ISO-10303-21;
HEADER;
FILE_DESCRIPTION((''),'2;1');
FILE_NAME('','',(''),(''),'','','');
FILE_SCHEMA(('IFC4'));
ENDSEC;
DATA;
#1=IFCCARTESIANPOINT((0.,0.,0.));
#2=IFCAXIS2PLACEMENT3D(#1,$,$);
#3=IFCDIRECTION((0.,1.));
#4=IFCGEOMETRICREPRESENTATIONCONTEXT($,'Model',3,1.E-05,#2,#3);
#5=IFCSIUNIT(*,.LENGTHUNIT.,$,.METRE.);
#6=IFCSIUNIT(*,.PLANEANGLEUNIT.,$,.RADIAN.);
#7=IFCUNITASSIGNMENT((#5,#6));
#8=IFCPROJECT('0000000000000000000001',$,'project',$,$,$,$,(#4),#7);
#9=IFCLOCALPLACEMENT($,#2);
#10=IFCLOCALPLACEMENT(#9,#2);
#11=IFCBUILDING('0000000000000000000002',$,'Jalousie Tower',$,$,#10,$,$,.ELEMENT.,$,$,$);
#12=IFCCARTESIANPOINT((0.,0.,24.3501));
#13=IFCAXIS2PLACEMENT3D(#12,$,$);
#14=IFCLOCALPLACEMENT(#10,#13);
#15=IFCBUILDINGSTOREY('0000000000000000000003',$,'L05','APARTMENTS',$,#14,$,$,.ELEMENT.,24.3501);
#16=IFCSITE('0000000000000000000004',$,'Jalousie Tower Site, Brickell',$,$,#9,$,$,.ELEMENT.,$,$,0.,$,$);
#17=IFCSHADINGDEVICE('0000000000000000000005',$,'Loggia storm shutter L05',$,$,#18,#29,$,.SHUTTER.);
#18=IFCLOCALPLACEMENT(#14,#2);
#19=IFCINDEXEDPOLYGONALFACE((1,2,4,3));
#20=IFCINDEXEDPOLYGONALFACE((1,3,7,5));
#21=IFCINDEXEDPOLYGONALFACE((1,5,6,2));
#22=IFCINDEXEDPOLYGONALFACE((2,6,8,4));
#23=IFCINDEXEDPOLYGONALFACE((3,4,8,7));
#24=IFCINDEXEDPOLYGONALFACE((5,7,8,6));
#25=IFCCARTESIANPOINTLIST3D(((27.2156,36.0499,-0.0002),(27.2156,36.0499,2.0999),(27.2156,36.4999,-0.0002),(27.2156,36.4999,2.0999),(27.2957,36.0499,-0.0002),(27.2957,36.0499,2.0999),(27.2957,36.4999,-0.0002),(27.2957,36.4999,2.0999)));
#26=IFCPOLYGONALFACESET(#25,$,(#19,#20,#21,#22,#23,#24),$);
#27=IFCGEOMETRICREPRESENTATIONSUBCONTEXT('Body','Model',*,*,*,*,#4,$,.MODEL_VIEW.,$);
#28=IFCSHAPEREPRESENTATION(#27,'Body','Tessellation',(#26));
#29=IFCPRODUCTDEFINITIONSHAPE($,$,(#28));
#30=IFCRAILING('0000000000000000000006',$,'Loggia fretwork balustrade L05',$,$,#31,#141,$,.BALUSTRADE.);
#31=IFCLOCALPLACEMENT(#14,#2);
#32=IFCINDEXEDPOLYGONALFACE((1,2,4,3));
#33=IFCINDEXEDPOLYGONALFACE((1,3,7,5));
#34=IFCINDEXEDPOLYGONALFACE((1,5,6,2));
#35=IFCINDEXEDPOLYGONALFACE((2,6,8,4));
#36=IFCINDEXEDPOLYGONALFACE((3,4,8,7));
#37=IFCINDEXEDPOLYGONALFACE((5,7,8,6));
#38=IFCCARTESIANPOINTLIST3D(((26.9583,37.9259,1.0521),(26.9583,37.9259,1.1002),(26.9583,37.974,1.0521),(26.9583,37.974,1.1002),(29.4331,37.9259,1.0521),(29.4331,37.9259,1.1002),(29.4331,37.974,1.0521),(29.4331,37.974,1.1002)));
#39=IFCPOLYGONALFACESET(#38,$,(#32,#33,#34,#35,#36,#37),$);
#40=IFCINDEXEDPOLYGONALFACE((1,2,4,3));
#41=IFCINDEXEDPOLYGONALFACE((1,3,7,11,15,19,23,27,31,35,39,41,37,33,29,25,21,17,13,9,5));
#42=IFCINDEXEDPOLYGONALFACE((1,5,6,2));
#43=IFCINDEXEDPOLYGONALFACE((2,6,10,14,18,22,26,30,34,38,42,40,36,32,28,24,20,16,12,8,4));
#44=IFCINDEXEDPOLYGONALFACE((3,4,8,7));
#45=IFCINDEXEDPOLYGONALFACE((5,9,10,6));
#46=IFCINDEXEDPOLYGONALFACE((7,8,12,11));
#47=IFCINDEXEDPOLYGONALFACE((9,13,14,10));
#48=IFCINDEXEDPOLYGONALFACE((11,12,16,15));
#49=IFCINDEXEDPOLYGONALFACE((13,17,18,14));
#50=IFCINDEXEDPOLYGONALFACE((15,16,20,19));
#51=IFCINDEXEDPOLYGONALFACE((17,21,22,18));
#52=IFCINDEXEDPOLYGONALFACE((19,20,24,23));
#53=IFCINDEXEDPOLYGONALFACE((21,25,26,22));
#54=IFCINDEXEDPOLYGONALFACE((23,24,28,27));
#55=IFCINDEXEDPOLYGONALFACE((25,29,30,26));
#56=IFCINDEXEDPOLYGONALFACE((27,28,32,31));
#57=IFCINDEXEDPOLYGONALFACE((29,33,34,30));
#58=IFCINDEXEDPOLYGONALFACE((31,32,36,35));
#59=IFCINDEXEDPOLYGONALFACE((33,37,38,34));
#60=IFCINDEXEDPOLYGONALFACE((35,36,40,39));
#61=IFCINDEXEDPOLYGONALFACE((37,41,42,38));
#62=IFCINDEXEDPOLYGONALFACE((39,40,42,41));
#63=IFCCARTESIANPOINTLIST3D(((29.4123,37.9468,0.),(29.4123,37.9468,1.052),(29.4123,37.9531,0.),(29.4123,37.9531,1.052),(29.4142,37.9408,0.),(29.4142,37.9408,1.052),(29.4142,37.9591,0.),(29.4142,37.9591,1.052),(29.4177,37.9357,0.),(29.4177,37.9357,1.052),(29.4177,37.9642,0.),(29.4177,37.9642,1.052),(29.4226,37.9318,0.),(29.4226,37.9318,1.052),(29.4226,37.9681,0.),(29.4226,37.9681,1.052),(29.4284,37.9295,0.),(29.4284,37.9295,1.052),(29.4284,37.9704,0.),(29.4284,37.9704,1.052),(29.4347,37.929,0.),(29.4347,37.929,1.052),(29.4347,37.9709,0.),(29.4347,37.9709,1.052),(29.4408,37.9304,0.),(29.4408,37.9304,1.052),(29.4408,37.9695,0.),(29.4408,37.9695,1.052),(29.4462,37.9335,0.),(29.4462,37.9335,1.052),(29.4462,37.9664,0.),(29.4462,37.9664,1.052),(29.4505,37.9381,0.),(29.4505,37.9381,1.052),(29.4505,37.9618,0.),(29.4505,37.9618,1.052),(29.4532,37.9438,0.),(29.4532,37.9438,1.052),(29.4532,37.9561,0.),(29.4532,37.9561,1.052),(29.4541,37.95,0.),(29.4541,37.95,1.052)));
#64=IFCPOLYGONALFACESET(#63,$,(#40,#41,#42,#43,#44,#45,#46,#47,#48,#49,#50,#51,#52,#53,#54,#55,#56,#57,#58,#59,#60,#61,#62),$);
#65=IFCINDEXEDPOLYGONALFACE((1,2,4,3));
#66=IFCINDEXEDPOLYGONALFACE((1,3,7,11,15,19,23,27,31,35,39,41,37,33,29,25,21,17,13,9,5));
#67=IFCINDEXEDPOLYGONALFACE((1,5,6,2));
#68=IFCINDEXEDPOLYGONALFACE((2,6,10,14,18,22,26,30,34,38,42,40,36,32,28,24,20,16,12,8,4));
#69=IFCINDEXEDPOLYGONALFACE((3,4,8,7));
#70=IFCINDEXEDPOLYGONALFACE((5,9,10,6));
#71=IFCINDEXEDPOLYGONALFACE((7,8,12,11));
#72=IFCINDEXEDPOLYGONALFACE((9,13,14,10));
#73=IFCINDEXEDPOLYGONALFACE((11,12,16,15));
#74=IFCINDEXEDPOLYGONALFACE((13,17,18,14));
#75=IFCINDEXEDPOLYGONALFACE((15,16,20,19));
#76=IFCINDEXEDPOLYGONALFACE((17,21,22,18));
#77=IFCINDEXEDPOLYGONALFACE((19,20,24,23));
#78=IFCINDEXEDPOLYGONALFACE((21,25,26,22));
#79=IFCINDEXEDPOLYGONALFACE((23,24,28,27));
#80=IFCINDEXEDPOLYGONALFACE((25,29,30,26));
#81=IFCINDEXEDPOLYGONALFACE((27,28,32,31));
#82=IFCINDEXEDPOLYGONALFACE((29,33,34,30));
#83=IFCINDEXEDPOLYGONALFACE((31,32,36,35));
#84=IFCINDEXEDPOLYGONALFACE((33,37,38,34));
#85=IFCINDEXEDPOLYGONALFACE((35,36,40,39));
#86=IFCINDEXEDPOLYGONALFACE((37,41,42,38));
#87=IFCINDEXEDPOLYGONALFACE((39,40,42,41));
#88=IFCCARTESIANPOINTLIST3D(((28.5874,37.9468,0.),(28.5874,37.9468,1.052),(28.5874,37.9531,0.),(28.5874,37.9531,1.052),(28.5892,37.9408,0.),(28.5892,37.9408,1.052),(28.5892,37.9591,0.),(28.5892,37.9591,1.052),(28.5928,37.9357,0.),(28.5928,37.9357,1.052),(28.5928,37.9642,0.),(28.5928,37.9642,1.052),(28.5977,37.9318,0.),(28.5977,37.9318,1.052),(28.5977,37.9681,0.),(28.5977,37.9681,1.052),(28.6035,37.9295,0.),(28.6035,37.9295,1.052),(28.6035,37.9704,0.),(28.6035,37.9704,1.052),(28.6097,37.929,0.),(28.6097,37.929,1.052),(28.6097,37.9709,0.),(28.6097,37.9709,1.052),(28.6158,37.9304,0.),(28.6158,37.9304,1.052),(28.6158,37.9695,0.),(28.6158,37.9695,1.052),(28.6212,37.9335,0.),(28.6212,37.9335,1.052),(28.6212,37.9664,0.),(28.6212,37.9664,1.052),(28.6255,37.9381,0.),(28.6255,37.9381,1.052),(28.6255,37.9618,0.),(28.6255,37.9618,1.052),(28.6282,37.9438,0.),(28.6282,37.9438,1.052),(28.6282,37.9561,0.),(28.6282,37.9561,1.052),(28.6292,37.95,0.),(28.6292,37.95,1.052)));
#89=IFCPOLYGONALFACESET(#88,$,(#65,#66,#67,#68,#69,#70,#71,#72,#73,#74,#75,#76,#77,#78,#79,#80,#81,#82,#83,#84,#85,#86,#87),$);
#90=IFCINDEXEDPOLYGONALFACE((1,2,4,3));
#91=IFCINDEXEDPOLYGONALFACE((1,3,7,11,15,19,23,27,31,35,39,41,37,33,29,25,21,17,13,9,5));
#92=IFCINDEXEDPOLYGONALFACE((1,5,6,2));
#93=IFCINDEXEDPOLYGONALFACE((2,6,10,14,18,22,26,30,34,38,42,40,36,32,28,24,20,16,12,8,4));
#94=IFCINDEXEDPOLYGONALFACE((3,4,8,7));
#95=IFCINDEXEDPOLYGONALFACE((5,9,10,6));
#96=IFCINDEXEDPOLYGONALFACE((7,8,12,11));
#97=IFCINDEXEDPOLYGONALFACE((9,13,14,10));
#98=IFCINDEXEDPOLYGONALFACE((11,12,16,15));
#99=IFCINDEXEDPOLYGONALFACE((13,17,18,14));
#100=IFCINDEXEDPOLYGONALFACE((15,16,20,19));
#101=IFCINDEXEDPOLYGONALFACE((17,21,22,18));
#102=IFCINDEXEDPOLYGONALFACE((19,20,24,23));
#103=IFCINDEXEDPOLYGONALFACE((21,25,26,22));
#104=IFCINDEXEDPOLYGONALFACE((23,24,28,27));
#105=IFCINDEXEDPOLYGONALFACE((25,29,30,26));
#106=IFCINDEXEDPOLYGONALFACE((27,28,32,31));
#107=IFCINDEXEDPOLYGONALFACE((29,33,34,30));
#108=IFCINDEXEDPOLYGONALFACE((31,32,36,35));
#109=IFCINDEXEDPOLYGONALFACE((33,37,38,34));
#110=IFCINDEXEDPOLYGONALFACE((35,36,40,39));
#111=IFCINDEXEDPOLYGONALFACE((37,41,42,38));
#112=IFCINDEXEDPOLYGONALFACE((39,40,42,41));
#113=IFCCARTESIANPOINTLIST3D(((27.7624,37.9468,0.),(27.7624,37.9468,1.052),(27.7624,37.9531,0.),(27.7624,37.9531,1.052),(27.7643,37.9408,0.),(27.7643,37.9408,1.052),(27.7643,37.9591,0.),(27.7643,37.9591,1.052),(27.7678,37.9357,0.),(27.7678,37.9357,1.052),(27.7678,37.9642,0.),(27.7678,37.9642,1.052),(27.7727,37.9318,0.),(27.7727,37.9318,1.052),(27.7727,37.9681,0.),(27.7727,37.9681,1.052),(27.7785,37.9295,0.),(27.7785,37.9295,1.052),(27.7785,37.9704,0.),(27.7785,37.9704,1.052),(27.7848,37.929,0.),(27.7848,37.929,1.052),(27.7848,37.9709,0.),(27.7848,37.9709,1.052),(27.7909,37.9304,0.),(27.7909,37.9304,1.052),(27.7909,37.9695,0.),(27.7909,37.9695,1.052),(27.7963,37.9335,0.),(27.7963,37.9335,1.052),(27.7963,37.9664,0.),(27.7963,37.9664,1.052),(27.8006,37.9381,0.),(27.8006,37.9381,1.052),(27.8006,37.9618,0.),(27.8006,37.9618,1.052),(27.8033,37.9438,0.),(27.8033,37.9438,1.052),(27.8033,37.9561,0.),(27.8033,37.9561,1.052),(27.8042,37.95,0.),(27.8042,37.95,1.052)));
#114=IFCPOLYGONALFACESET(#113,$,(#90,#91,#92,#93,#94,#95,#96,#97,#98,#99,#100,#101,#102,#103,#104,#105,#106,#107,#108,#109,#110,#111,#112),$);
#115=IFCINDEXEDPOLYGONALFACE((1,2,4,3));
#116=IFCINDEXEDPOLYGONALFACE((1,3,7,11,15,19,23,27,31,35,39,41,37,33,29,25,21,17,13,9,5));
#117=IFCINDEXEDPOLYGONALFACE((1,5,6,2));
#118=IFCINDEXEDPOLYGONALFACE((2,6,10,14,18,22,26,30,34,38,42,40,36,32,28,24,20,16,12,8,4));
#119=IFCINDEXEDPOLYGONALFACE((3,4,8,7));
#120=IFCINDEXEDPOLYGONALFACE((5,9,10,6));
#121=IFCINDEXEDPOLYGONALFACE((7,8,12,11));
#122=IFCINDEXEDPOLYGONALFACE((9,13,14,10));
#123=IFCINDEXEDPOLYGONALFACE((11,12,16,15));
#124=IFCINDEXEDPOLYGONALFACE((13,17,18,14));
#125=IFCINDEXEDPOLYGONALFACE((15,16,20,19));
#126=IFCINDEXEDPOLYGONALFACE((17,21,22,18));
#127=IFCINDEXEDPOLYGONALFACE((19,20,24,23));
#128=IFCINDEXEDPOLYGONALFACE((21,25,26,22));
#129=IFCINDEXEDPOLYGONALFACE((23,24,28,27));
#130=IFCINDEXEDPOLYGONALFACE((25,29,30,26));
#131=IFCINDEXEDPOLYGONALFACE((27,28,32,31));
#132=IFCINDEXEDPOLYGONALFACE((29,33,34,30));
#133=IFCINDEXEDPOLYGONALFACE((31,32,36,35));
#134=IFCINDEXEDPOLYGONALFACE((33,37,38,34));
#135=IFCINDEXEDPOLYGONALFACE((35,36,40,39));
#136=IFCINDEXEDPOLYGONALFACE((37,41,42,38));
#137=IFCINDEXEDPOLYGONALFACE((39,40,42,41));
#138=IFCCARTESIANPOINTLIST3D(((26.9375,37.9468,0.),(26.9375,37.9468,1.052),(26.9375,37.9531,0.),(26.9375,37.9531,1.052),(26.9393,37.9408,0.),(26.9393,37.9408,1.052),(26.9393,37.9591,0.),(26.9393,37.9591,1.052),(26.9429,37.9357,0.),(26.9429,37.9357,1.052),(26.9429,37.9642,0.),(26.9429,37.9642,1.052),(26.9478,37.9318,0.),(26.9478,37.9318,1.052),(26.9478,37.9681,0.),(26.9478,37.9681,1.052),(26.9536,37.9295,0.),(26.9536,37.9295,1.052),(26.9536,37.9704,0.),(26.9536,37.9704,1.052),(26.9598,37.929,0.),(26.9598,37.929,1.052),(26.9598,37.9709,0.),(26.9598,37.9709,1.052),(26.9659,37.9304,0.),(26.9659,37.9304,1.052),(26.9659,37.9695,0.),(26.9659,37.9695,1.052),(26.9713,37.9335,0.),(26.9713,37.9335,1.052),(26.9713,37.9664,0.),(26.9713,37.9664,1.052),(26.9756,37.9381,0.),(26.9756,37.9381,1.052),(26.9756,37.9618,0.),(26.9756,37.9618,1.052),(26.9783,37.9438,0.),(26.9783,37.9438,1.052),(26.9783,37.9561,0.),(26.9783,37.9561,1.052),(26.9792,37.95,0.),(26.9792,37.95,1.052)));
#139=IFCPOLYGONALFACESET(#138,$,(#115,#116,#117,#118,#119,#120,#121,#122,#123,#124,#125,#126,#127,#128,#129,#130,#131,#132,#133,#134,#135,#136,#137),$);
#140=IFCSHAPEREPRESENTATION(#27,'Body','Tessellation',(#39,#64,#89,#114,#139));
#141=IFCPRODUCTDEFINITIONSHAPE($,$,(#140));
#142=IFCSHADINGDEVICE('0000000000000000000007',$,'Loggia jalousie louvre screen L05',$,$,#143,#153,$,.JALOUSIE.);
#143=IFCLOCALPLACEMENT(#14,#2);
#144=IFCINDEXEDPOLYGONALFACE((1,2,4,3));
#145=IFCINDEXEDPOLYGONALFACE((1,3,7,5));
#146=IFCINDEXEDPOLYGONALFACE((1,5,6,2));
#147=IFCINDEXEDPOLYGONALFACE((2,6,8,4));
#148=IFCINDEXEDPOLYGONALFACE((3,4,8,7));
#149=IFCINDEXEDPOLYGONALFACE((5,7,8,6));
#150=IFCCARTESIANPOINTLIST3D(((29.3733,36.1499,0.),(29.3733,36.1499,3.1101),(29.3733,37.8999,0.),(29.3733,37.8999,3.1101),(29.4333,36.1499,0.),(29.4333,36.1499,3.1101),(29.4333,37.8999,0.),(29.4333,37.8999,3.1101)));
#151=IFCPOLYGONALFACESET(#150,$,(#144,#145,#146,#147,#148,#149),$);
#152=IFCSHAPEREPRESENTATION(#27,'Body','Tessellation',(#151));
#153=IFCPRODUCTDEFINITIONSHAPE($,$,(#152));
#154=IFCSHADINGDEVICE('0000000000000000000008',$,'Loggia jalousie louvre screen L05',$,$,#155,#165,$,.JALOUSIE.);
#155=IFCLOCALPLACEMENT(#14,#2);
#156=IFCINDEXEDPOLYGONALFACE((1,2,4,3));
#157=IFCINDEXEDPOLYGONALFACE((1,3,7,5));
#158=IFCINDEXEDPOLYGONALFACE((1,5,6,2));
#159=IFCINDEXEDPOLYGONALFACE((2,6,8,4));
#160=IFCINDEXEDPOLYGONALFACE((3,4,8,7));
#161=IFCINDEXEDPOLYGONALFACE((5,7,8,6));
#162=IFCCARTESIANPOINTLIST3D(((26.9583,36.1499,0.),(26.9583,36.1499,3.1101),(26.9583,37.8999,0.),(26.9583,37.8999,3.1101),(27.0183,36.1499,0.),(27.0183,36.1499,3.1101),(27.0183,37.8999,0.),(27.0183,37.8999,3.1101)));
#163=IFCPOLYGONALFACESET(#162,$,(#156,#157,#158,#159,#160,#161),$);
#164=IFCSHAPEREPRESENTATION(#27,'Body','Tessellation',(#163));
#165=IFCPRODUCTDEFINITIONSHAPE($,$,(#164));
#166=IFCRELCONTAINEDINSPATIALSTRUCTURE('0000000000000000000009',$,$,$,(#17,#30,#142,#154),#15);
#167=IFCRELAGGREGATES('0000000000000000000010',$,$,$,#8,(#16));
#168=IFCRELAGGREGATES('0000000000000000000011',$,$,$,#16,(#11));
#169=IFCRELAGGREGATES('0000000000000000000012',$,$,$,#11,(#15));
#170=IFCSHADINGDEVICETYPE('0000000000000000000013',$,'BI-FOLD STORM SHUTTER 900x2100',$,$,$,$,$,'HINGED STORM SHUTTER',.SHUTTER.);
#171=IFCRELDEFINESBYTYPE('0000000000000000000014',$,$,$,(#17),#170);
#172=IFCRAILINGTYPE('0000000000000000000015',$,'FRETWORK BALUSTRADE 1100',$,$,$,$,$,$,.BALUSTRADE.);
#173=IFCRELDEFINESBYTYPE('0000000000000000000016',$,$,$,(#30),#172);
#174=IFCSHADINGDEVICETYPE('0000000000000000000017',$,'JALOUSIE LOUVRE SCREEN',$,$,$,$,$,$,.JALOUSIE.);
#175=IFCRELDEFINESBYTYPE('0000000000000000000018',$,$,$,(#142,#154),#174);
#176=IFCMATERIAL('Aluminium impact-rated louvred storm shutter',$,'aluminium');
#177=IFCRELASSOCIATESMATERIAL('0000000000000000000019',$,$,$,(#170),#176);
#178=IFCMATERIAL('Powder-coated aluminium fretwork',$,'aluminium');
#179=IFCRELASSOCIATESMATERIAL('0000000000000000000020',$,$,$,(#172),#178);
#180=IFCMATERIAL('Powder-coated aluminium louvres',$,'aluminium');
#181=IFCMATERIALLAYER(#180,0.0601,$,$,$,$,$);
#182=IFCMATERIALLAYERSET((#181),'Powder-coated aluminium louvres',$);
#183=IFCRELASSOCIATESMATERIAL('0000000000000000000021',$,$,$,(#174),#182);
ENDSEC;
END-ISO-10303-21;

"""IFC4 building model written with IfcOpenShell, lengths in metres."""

from ifc_helpers import new_model, si_unit, direction, frame, origin, origin_2d, place, context, subcontext, project, spatial, rectangle, circle, extrude, material, layer, layer_set, type_object, element, save


model = new_model("IFC4")

# Units and contexts
model_context = context("Model", 3, precision=1e-05, world=origin(), true_north=direction((0.0, 1.0)))
body_context = subcontext(model_context, "Body", "Model", "MODEL_VIEW")
ifc_project = project(units=[si_unit("LENGTHUNIT", "METRE"), si_unit("PLANEANGLEUNIT", "RADIAN")], contexts=[model_context])

# Site, building, storey
site_placement = place(None, origin())
site = spatial("IfcSite", under=ifc_project, at=site_placement, Name="Jalousie Tower Site, Brickell", CompositionType="ELEMENT", RefElevation=0.0)
building_placement = place(site_placement, origin())
building = spatial("IfcBuilding", under=site, at=building_placement, Name="Jalousie Tower", CompositionType="ELEMENT")
storey_placement = place(building_placement, frame((0.0, 0.0, 24.3501)))
storey = spatial("IfcBuildingStorey", under=building, at=storey_placement, Name="L05", Description="APARTMENTS", CompositionType="ELEMENT", Elevation=24.3501)

# Shading device
ifc_material_1 = material(Name="Aluminium impact-rated louvred storm shutter", Category="aluminium")
shading_device_type_1 = type_object("IfcShadingDeviceType", Name="BI-FOLD STORM SHUTTER 900x2100", ElementType="HINGED STORM SHUTTER", PredefinedType="SHUTTER", material=ifc_material_1)
for number, where, z_axis, x_axis, name in (
    (1, (27.2556, 36.2749, -0.0002), (0.0, 0.0, 1.0), (0.0, -1.0, 0.0), "Loggia storm shutter L05"),
):
    element("IfcShadingDevice", number, at=place(storey_placement, frame(where, z_axis=z_axis, x_axis=x_axis)), inside=storey, type_object=shading_device_type_1, Name=name, PredefinedType="SHUTTER", context=body_context, shape_type="SweptSolid", body=[
        extrude(rectangle(XDim=0.45, YDim=0.0801, at=origin_2d()), origin(), (0.0, 0.0, 1.0), 2.1001),
    ])

# Railing
ifc_material_2 = material(Name="Powder-coated aluminium fretwork", Category="aluminium")
railing_type = type_object("IfcRailingType", Name="FRETWORK BALUSTRADE 1100", PredefinedType="BALUSTRADE", material=ifc_material_2)
railing_placement = place(storey_placement, frame((29.4331, 37.95, 0.0)))
element("IfcRailing", 2, at=railing_placement, inside=storey, type_object=railing_type, Name="Loggia fretwork balustrade L05", PredefinedType="BALUSTRADE", context=body_context, shape_type="SweptSolid", body=[
    extrude(rectangle(XDim=0.0481, YDim=0.0481, at=origin_2d()), frame((0.0, 0.0, 1.0762), z_axis=(-1.0, 0.0, 0.0), x_axis=(0.0, -1.0, 0.0)), (0.0, 0.0, 1.0), 2.4749),
    extrude(circle(Radius=0.021, at=origin_2d()), origin(), (0.0, 0.0, 1.0), 1.052),
    extrude(circle(Radius=0.021, at=origin_2d()), frame((-0.825, 0.0, 0.0)), (0.0, 0.0, 1.0), 1.052),
    extrude(circle(Radius=0.021, at=origin_2d()), frame((-1.6499, 0.0, 0.0)), (0.0, 0.0, 1.0), 1.052),
    extrude(circle(Radius=0.021, at=origin_2d()), frame((-2.4749, 0.0, 0.0)), (0.0, 0.0, 1.0), 1.052),
])

# Shading devices
ifc_material_3 = material(Name="Powder-coated aluminium louvres", Category="aluminium")
ifc_layer_1 = layer(ifc_material_3, 0.0601)
ifc_layer_set_1 = layer_set([ifc_layer_1], Name="Powder-coated aluminium louvres")
shading_device_type_2 = type_object("IfcShadingDeviceType", Name="JALOUSIE LOUVRE SCREEN", PredefinedType="JALOUSIE", material=ifc_layer_set_1)
for number, where, z_axis, x_axis, name in (
    (3, (29.4033, 37.0249, 0.0), (0.0, 0.0, 1.0), (-1.0, 0.0, 0.0), "Loggia jalousie louvre screen L05"),
    (4, (26.9883, 37.0249, 0.0), (0.0, 0.0, 1.0), (-1.0, 0.0, 0.0), "Loggia jalousie louvre screen L05"),
):
    element("IfcShadingDevice", number, at=place(storey_placement, frame(where, z_axis=z_axis, x_axis=x_axis)), inside=storey, type_object=shading_device_type_2, Name=name, PredefinedType="JALOUSIE", context=body_context, shape_type="SweptSolid", body=[
        extrude(rectangle(XDim=0.0601, YDim=1.75, at=origin_2d()), origin(), (0.0, 0.0, 1.0), 3.1101),
    ])

save(model, "model.ifc")
